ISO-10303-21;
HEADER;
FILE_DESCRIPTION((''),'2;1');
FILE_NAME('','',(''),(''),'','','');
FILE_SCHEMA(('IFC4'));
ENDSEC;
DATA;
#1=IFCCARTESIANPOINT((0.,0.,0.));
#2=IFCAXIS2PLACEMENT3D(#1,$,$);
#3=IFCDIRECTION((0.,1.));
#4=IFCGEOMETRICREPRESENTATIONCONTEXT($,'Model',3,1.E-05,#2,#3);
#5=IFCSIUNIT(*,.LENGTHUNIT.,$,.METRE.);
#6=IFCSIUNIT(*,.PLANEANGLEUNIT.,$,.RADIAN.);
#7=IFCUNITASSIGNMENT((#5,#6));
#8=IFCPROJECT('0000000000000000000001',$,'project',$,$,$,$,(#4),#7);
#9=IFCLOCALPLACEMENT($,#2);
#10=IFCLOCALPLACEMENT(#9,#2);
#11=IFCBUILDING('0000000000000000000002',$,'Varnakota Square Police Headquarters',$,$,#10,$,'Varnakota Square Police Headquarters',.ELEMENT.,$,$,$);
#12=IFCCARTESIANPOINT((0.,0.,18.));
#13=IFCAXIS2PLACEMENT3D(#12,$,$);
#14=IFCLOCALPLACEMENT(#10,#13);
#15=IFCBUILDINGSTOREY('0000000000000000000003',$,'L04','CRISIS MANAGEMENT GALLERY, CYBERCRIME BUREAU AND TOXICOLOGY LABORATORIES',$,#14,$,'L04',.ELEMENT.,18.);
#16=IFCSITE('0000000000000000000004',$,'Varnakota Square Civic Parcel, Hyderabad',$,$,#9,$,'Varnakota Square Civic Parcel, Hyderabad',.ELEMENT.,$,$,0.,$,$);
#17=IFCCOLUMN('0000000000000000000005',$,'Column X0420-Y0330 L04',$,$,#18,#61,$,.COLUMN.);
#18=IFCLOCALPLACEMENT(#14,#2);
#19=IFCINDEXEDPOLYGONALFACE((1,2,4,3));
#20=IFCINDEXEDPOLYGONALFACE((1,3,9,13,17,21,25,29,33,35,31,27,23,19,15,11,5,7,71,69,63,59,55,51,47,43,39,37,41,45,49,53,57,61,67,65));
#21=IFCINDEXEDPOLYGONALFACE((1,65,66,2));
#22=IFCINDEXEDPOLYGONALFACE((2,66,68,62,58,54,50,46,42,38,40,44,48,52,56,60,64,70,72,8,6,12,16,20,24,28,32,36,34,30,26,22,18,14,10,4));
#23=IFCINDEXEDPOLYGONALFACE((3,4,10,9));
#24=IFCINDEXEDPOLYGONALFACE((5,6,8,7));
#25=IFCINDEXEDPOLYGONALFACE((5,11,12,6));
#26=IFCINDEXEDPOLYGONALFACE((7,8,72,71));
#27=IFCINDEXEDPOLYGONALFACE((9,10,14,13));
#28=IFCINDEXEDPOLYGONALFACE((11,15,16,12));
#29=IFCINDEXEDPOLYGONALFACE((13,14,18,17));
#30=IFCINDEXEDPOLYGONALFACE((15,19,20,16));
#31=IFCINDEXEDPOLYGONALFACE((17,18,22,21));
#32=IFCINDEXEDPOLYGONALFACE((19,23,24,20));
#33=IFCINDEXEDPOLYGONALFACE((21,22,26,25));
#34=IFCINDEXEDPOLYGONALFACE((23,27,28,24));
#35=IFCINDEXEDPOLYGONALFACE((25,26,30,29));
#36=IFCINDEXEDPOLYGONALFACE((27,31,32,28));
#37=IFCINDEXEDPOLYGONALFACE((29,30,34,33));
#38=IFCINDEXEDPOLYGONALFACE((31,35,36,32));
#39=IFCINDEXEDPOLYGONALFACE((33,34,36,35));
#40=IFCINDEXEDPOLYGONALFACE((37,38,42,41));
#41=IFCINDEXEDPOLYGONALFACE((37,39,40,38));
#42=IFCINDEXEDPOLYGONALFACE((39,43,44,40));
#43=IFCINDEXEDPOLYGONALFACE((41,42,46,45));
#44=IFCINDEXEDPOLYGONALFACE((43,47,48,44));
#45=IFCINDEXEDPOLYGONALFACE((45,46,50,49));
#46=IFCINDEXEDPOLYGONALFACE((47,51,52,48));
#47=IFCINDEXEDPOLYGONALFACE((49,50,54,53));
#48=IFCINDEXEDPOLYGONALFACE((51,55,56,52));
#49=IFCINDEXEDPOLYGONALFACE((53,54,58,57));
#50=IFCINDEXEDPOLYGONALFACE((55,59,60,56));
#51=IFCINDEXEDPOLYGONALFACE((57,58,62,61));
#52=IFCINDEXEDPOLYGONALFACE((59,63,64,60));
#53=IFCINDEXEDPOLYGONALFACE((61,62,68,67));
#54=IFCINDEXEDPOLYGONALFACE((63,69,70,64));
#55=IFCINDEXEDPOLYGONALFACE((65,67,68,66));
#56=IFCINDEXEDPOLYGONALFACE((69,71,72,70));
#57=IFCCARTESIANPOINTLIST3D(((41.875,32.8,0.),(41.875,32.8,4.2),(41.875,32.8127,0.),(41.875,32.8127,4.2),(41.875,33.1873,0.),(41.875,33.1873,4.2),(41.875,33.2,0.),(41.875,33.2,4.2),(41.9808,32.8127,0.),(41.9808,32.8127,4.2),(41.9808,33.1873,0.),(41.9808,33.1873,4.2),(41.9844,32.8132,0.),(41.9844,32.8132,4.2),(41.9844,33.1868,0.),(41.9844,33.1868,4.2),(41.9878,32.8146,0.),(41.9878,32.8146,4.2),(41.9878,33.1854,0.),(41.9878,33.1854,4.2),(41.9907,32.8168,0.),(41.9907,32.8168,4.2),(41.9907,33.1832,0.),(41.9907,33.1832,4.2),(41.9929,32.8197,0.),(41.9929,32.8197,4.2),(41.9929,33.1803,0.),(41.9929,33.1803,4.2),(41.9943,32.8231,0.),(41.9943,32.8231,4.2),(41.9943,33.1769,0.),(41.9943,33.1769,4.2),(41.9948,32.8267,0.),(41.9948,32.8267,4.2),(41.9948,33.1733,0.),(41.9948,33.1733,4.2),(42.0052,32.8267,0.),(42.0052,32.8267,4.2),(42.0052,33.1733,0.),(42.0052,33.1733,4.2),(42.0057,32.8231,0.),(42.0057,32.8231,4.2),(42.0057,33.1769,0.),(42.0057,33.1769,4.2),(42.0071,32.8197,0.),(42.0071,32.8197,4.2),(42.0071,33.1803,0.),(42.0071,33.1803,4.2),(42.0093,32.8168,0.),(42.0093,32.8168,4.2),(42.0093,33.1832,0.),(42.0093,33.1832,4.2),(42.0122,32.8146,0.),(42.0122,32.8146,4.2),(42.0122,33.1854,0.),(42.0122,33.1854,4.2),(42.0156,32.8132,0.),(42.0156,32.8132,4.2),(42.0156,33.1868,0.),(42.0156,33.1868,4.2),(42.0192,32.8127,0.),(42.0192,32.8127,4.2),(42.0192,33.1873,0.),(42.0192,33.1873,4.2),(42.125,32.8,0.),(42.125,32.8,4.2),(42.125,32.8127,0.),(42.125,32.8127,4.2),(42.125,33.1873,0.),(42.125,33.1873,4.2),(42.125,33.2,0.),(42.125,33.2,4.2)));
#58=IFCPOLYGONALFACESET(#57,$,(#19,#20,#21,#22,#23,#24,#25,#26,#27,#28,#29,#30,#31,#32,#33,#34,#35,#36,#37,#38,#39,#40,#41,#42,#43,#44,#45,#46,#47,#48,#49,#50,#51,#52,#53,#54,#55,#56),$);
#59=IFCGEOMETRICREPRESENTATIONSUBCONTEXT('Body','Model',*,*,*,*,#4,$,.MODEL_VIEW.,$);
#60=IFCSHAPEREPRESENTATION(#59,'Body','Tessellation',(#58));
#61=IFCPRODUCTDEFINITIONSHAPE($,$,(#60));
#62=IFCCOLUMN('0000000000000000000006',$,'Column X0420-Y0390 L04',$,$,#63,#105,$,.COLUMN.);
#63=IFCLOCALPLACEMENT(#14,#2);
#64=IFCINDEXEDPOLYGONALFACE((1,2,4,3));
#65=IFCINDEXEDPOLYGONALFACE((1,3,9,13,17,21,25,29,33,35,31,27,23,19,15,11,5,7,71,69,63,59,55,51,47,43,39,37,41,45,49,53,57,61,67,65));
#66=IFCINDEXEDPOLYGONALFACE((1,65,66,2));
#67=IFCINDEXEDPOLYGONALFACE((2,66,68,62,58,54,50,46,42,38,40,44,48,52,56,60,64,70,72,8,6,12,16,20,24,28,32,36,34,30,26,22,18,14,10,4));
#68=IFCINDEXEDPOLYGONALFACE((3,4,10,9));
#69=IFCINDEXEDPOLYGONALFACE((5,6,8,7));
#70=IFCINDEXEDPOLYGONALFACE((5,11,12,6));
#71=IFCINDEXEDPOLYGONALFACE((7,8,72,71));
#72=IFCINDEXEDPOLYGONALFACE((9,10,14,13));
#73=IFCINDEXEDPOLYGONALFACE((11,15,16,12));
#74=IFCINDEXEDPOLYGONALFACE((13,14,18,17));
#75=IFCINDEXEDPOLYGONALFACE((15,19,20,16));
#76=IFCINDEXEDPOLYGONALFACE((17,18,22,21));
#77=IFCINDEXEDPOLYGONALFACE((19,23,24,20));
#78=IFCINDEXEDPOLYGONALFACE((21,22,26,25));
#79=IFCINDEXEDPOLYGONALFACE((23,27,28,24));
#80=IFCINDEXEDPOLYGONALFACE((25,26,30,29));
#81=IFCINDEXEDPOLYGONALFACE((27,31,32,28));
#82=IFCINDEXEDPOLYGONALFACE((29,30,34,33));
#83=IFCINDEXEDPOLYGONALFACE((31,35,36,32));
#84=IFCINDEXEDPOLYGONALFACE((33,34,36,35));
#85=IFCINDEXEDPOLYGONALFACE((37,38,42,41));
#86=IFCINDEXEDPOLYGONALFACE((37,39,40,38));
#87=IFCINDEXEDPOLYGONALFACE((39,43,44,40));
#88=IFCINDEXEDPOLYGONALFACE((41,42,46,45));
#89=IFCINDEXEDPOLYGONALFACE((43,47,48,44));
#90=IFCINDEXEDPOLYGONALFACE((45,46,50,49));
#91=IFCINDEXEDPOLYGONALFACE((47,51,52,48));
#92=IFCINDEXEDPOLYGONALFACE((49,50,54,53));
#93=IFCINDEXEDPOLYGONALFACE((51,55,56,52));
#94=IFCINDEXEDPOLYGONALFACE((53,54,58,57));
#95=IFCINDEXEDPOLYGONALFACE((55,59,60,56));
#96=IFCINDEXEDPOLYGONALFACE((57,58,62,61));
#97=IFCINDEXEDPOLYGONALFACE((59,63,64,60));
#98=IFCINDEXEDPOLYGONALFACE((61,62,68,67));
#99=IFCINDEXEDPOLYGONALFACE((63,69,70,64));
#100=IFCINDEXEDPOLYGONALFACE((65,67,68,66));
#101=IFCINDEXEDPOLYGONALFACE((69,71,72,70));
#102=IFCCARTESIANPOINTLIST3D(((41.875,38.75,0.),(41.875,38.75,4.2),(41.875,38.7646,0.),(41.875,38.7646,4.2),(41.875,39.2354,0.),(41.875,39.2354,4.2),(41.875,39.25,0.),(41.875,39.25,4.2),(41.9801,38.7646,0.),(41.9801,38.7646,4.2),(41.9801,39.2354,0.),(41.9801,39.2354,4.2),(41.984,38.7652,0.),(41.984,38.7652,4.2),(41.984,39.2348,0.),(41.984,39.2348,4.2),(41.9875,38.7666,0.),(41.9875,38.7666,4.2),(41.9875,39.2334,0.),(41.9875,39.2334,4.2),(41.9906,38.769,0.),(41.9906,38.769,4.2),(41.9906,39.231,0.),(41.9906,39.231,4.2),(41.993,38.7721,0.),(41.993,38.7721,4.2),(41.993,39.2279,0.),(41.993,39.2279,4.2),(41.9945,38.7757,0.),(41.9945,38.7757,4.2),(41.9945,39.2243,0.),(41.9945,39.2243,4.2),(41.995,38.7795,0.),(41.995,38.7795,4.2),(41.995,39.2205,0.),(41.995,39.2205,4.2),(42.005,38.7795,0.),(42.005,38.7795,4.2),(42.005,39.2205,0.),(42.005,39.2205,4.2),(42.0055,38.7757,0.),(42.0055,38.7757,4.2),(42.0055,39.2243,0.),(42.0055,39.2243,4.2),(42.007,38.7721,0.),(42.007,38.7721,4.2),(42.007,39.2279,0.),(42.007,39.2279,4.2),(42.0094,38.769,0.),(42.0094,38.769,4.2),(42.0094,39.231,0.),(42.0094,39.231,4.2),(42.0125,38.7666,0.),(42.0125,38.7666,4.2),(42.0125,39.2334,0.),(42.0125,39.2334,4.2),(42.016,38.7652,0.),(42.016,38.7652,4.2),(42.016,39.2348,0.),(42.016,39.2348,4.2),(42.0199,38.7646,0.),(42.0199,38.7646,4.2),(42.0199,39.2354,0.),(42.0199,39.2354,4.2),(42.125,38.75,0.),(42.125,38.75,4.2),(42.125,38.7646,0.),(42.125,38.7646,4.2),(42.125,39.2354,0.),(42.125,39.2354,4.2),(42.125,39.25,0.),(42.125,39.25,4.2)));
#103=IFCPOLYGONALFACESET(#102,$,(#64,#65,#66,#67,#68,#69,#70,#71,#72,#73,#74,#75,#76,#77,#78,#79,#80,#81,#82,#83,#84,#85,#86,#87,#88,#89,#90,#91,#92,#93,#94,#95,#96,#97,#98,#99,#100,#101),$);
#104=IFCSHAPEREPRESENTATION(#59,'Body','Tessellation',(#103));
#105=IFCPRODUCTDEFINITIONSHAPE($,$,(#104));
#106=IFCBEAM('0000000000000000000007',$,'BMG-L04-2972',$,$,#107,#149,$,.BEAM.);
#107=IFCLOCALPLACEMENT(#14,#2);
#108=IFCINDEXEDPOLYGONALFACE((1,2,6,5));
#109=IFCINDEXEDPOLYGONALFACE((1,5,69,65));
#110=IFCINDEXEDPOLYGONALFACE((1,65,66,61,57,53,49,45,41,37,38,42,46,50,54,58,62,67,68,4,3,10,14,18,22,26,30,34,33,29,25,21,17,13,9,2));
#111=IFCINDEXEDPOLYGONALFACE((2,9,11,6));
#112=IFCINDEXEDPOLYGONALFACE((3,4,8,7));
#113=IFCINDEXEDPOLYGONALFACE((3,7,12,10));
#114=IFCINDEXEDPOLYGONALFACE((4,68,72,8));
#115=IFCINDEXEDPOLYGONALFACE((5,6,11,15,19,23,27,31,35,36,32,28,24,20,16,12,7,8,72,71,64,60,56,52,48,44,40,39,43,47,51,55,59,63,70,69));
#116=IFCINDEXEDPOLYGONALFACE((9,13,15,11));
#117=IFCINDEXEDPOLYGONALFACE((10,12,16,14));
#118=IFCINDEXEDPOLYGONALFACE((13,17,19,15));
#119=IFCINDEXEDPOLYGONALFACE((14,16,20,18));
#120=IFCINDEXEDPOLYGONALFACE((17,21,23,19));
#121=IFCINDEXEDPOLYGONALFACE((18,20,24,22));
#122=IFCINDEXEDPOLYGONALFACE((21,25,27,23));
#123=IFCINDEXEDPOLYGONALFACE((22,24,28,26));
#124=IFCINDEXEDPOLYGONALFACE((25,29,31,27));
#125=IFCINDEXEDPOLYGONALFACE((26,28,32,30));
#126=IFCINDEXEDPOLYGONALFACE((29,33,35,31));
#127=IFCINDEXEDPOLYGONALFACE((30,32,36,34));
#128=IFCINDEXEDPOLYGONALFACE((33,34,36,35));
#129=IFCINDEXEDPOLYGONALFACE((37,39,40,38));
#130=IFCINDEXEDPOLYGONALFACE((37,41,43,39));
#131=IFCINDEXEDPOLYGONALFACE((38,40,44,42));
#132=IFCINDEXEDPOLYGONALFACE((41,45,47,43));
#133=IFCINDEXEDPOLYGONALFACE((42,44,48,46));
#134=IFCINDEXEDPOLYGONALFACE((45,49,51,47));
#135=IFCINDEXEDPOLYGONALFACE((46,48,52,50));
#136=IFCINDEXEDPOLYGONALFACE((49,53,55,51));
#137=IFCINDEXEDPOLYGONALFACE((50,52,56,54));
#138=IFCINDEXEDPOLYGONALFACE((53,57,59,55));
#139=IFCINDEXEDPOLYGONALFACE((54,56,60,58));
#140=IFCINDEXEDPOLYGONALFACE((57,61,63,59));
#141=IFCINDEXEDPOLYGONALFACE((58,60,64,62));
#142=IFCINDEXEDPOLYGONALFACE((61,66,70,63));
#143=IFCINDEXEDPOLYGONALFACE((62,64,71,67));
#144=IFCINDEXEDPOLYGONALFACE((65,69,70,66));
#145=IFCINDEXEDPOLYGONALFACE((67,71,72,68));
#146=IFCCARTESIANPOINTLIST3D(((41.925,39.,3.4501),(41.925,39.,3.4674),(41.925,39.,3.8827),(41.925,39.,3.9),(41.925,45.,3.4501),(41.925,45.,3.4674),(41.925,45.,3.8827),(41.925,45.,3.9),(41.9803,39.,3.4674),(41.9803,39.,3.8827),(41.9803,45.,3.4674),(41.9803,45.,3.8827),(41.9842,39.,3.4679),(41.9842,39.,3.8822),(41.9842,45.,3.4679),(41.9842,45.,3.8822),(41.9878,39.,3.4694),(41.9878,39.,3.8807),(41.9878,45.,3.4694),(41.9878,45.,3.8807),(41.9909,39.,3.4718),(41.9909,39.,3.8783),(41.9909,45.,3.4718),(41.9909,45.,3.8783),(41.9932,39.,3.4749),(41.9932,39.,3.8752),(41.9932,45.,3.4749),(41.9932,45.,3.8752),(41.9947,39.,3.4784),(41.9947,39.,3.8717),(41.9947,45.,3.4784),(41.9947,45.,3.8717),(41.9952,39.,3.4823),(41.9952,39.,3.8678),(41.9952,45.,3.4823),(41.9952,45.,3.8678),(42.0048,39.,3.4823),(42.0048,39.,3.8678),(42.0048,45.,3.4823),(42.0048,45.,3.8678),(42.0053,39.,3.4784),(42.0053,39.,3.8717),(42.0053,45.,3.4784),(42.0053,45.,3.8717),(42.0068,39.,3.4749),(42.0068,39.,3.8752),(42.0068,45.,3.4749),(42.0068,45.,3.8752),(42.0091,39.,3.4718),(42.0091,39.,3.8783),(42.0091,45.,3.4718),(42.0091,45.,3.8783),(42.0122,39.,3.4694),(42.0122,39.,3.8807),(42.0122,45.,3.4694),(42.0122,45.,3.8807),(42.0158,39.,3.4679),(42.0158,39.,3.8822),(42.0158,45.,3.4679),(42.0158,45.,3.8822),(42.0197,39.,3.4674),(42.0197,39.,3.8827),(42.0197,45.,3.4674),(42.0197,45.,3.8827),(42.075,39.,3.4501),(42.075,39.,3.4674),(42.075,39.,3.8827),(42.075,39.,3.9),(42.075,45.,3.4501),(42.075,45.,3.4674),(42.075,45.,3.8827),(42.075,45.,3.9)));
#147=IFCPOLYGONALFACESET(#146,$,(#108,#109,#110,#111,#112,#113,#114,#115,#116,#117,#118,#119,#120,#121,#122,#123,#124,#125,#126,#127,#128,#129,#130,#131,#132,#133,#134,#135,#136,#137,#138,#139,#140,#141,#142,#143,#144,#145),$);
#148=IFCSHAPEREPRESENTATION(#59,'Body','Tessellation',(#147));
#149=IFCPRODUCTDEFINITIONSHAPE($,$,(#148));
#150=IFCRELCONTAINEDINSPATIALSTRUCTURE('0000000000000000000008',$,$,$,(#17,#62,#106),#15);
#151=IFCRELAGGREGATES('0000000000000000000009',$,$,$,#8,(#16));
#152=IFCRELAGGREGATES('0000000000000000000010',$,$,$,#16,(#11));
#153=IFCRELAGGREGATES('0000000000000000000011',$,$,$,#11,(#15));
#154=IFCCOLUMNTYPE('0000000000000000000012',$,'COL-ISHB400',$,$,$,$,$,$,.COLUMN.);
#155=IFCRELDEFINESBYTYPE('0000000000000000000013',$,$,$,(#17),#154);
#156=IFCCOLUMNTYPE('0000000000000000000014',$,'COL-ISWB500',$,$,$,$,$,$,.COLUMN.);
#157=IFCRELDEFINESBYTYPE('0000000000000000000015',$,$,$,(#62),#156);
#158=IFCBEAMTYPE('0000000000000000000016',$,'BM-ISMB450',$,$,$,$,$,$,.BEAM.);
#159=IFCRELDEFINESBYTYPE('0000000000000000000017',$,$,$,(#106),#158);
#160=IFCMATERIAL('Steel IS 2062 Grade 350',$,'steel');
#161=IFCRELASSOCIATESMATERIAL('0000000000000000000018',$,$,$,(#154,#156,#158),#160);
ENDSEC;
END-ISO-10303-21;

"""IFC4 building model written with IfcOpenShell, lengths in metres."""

from ifc_helpers import new_model, si_unit, direction, frame, origin, origin_2d, place, context, subcontext, project, spatial, i_section, extrude, material, material_profile, profile_set, type_object, element, save


model = new_model("IFC4")

# Units and contexts
model_context = context("Model", 3, precision=1e-05, world=origin(), true_north=direction((0.0, 1.0)))
body_context = subcontext(model_context, "Body", "Model", "MODEL_VIEW")
ifc_project = project(units=[si_unit("LENGTHUNIT", "METRE"), si_unit("PLANEANGLEUNIT", "RADIAN")], contexts=[model_context])

# Site, building, storey
site_placement = place(None, origin())
site = spatial("IfcSite", under=ifc_project, at=site_placement, Name="Varnakota Square Civic Parcel, Hyderabad", LongName="Varnakota Square Civic Parcel, Hyderabad", CompositionType="ELEMENT", RefElevation=0.0)
building_placement = place(site_placement, origin())
building = spatial("IfcBuilding", under=site, at=building_placement, Name="Varnakota Square Police Headquarters", LongName="Varnakota Square Police Headquarters", CompositionType="ELEMENT")
storey_placement = place(building_placement, frame((0.0, 0.0, 18.0)))
storey = spatial("IfcBuildingStorey", under=building, at=storey_placement, Name="L04", Description="CRISIS MANAGEMENT GALLERY, CYBERCRIME BUREAU AND TOXICOLOGY LABORATORIES", LongName="L04", CompositionType="ELEMENT", Elevation=18.0)

# Columns
ifc_material_1 = material(Name="Steel IS 2062 Grade 350", Category="steel")
ifc_material_profile_1 = material_profile(ifc_material_1, i_section(OverallWidth=0.25, OverallDepth=0.3999, WebThickness=0.0105, FlangeThickness=0.0127, FilletRadius=0.0139, at=origin_2d()), Name="ISHB 400")
ifc_profile_set_1 = profile_set([ifc_material_profile_1], Name="Steel IS 2062 Grade 350")
column_type_1 = type_object("IfcColumnType", Name="COL-ISHB400", PredefinedType="COLUMN", material=ifc_profile_set_1)
column_1_placement = place(storey_placement, frame((42.0, 33.0, 0.0), z_axis=(0.0, 0.0, 1.0), x_axis=(1.0, 0.0, 0.0)))
element("IfcColumn", 1, at=column_1_placement, inside=storey, type_object=column_type_1, Name="Column X0420-Y0330 L04", PredefinedType="COLUMN", context=body_context, shape_type="SweptSolid", body=[
    extrude(i_section(OverallWidth=0.25, OverallDepth=0.3999, WebThickness=0.0105, FlangeThickness=0.0127, FilletRadius=0.0139, at=origin_2d()), origin(), (0.0, 0.0, 1.0), 4.2),
])
ifc_material_profile_2 = material_profile(ifc_material_1, i_section(OverallWidth=0.25, OverallDepth=0.5, WebThickness=0.01, FlangeThickness=0.0146, FilletRadius=0.0149, at=origin_2d()), Name="ISWB 500")
ifc_profile_set_2 = profile_set([ifc_material_profile_2], Name="Steel IS 2062 Grade 350")
column_type_2 = type_object("IfcColumnType", Name="COL-ISWB500", PredefinedType="COLUMN", material=ifc_profile_set_2)
column_2_placement = place(storey_placement, frame((42.0, 39.0, 0.0), z_axis=(0.0, 0.0, 1.0), x_axis=(1.0, 0.0, 0.0)))
element("IfcColumn", 2, at=column_2_placement, inside=storey, type_object=column_type_2, Name="Column X0420-Y0390 L04", PredefinedType="COLUMN", context=body_context, shape_type="SweptSolid", body=[
    extrude(i_section(OverallWidth=0.25, OverallDepth=0.5, WebThickness=0.01, FlangeThickness=0.0146, FilletRadius=0.0149, at=origin_2d()), origin(), (0.0, 0.0, 1.0), 4.2),
])

# Beam
ifc_material_profile_3 = material_profile(ifc_material_1, i_section(OverallWidth=0.1499, OverallDepth=0.45, WebThickness=0.0095, FlangeThickness=0.0173, FilletRadius=0.0149, at=origin_2d()), Name="ISMB 450")
ifc_profile_set_3 = profile_set([ifc_material_profile_3], Name="Steel IS 2062 Grade 350")
beam_type_1 = type_object("IfcBeamType", Name="BM-ISMB450", PredefinedType="BEAM", material=ifc_profile_set_3)
beam_1_placement = place(storey_placement, frame((42.0, 39.0, 3.675), z_axis=(0.0, 1.0, 0.0), x_axis=(-1.0, 0.0, 0.0)))
element("IfcBeam", 3, at=beam_1_placement, inside=storey, type_object=beam_type_1, Name="BMG-L04-2972", PredefinedType="BEAM", context=body_context, shape_type="SweptSolid", body=[
    extrude(i_section(OverallWidth=0.1499, OverallDepth=0.45, WebThickness=0.0095, FlangeThickness=0.0173, FilletRadius=0.0149, at=origin_2d()), origin(), (0.0, 0.0, 1.0), 6.0),
])

save(model, "model.ifc")
